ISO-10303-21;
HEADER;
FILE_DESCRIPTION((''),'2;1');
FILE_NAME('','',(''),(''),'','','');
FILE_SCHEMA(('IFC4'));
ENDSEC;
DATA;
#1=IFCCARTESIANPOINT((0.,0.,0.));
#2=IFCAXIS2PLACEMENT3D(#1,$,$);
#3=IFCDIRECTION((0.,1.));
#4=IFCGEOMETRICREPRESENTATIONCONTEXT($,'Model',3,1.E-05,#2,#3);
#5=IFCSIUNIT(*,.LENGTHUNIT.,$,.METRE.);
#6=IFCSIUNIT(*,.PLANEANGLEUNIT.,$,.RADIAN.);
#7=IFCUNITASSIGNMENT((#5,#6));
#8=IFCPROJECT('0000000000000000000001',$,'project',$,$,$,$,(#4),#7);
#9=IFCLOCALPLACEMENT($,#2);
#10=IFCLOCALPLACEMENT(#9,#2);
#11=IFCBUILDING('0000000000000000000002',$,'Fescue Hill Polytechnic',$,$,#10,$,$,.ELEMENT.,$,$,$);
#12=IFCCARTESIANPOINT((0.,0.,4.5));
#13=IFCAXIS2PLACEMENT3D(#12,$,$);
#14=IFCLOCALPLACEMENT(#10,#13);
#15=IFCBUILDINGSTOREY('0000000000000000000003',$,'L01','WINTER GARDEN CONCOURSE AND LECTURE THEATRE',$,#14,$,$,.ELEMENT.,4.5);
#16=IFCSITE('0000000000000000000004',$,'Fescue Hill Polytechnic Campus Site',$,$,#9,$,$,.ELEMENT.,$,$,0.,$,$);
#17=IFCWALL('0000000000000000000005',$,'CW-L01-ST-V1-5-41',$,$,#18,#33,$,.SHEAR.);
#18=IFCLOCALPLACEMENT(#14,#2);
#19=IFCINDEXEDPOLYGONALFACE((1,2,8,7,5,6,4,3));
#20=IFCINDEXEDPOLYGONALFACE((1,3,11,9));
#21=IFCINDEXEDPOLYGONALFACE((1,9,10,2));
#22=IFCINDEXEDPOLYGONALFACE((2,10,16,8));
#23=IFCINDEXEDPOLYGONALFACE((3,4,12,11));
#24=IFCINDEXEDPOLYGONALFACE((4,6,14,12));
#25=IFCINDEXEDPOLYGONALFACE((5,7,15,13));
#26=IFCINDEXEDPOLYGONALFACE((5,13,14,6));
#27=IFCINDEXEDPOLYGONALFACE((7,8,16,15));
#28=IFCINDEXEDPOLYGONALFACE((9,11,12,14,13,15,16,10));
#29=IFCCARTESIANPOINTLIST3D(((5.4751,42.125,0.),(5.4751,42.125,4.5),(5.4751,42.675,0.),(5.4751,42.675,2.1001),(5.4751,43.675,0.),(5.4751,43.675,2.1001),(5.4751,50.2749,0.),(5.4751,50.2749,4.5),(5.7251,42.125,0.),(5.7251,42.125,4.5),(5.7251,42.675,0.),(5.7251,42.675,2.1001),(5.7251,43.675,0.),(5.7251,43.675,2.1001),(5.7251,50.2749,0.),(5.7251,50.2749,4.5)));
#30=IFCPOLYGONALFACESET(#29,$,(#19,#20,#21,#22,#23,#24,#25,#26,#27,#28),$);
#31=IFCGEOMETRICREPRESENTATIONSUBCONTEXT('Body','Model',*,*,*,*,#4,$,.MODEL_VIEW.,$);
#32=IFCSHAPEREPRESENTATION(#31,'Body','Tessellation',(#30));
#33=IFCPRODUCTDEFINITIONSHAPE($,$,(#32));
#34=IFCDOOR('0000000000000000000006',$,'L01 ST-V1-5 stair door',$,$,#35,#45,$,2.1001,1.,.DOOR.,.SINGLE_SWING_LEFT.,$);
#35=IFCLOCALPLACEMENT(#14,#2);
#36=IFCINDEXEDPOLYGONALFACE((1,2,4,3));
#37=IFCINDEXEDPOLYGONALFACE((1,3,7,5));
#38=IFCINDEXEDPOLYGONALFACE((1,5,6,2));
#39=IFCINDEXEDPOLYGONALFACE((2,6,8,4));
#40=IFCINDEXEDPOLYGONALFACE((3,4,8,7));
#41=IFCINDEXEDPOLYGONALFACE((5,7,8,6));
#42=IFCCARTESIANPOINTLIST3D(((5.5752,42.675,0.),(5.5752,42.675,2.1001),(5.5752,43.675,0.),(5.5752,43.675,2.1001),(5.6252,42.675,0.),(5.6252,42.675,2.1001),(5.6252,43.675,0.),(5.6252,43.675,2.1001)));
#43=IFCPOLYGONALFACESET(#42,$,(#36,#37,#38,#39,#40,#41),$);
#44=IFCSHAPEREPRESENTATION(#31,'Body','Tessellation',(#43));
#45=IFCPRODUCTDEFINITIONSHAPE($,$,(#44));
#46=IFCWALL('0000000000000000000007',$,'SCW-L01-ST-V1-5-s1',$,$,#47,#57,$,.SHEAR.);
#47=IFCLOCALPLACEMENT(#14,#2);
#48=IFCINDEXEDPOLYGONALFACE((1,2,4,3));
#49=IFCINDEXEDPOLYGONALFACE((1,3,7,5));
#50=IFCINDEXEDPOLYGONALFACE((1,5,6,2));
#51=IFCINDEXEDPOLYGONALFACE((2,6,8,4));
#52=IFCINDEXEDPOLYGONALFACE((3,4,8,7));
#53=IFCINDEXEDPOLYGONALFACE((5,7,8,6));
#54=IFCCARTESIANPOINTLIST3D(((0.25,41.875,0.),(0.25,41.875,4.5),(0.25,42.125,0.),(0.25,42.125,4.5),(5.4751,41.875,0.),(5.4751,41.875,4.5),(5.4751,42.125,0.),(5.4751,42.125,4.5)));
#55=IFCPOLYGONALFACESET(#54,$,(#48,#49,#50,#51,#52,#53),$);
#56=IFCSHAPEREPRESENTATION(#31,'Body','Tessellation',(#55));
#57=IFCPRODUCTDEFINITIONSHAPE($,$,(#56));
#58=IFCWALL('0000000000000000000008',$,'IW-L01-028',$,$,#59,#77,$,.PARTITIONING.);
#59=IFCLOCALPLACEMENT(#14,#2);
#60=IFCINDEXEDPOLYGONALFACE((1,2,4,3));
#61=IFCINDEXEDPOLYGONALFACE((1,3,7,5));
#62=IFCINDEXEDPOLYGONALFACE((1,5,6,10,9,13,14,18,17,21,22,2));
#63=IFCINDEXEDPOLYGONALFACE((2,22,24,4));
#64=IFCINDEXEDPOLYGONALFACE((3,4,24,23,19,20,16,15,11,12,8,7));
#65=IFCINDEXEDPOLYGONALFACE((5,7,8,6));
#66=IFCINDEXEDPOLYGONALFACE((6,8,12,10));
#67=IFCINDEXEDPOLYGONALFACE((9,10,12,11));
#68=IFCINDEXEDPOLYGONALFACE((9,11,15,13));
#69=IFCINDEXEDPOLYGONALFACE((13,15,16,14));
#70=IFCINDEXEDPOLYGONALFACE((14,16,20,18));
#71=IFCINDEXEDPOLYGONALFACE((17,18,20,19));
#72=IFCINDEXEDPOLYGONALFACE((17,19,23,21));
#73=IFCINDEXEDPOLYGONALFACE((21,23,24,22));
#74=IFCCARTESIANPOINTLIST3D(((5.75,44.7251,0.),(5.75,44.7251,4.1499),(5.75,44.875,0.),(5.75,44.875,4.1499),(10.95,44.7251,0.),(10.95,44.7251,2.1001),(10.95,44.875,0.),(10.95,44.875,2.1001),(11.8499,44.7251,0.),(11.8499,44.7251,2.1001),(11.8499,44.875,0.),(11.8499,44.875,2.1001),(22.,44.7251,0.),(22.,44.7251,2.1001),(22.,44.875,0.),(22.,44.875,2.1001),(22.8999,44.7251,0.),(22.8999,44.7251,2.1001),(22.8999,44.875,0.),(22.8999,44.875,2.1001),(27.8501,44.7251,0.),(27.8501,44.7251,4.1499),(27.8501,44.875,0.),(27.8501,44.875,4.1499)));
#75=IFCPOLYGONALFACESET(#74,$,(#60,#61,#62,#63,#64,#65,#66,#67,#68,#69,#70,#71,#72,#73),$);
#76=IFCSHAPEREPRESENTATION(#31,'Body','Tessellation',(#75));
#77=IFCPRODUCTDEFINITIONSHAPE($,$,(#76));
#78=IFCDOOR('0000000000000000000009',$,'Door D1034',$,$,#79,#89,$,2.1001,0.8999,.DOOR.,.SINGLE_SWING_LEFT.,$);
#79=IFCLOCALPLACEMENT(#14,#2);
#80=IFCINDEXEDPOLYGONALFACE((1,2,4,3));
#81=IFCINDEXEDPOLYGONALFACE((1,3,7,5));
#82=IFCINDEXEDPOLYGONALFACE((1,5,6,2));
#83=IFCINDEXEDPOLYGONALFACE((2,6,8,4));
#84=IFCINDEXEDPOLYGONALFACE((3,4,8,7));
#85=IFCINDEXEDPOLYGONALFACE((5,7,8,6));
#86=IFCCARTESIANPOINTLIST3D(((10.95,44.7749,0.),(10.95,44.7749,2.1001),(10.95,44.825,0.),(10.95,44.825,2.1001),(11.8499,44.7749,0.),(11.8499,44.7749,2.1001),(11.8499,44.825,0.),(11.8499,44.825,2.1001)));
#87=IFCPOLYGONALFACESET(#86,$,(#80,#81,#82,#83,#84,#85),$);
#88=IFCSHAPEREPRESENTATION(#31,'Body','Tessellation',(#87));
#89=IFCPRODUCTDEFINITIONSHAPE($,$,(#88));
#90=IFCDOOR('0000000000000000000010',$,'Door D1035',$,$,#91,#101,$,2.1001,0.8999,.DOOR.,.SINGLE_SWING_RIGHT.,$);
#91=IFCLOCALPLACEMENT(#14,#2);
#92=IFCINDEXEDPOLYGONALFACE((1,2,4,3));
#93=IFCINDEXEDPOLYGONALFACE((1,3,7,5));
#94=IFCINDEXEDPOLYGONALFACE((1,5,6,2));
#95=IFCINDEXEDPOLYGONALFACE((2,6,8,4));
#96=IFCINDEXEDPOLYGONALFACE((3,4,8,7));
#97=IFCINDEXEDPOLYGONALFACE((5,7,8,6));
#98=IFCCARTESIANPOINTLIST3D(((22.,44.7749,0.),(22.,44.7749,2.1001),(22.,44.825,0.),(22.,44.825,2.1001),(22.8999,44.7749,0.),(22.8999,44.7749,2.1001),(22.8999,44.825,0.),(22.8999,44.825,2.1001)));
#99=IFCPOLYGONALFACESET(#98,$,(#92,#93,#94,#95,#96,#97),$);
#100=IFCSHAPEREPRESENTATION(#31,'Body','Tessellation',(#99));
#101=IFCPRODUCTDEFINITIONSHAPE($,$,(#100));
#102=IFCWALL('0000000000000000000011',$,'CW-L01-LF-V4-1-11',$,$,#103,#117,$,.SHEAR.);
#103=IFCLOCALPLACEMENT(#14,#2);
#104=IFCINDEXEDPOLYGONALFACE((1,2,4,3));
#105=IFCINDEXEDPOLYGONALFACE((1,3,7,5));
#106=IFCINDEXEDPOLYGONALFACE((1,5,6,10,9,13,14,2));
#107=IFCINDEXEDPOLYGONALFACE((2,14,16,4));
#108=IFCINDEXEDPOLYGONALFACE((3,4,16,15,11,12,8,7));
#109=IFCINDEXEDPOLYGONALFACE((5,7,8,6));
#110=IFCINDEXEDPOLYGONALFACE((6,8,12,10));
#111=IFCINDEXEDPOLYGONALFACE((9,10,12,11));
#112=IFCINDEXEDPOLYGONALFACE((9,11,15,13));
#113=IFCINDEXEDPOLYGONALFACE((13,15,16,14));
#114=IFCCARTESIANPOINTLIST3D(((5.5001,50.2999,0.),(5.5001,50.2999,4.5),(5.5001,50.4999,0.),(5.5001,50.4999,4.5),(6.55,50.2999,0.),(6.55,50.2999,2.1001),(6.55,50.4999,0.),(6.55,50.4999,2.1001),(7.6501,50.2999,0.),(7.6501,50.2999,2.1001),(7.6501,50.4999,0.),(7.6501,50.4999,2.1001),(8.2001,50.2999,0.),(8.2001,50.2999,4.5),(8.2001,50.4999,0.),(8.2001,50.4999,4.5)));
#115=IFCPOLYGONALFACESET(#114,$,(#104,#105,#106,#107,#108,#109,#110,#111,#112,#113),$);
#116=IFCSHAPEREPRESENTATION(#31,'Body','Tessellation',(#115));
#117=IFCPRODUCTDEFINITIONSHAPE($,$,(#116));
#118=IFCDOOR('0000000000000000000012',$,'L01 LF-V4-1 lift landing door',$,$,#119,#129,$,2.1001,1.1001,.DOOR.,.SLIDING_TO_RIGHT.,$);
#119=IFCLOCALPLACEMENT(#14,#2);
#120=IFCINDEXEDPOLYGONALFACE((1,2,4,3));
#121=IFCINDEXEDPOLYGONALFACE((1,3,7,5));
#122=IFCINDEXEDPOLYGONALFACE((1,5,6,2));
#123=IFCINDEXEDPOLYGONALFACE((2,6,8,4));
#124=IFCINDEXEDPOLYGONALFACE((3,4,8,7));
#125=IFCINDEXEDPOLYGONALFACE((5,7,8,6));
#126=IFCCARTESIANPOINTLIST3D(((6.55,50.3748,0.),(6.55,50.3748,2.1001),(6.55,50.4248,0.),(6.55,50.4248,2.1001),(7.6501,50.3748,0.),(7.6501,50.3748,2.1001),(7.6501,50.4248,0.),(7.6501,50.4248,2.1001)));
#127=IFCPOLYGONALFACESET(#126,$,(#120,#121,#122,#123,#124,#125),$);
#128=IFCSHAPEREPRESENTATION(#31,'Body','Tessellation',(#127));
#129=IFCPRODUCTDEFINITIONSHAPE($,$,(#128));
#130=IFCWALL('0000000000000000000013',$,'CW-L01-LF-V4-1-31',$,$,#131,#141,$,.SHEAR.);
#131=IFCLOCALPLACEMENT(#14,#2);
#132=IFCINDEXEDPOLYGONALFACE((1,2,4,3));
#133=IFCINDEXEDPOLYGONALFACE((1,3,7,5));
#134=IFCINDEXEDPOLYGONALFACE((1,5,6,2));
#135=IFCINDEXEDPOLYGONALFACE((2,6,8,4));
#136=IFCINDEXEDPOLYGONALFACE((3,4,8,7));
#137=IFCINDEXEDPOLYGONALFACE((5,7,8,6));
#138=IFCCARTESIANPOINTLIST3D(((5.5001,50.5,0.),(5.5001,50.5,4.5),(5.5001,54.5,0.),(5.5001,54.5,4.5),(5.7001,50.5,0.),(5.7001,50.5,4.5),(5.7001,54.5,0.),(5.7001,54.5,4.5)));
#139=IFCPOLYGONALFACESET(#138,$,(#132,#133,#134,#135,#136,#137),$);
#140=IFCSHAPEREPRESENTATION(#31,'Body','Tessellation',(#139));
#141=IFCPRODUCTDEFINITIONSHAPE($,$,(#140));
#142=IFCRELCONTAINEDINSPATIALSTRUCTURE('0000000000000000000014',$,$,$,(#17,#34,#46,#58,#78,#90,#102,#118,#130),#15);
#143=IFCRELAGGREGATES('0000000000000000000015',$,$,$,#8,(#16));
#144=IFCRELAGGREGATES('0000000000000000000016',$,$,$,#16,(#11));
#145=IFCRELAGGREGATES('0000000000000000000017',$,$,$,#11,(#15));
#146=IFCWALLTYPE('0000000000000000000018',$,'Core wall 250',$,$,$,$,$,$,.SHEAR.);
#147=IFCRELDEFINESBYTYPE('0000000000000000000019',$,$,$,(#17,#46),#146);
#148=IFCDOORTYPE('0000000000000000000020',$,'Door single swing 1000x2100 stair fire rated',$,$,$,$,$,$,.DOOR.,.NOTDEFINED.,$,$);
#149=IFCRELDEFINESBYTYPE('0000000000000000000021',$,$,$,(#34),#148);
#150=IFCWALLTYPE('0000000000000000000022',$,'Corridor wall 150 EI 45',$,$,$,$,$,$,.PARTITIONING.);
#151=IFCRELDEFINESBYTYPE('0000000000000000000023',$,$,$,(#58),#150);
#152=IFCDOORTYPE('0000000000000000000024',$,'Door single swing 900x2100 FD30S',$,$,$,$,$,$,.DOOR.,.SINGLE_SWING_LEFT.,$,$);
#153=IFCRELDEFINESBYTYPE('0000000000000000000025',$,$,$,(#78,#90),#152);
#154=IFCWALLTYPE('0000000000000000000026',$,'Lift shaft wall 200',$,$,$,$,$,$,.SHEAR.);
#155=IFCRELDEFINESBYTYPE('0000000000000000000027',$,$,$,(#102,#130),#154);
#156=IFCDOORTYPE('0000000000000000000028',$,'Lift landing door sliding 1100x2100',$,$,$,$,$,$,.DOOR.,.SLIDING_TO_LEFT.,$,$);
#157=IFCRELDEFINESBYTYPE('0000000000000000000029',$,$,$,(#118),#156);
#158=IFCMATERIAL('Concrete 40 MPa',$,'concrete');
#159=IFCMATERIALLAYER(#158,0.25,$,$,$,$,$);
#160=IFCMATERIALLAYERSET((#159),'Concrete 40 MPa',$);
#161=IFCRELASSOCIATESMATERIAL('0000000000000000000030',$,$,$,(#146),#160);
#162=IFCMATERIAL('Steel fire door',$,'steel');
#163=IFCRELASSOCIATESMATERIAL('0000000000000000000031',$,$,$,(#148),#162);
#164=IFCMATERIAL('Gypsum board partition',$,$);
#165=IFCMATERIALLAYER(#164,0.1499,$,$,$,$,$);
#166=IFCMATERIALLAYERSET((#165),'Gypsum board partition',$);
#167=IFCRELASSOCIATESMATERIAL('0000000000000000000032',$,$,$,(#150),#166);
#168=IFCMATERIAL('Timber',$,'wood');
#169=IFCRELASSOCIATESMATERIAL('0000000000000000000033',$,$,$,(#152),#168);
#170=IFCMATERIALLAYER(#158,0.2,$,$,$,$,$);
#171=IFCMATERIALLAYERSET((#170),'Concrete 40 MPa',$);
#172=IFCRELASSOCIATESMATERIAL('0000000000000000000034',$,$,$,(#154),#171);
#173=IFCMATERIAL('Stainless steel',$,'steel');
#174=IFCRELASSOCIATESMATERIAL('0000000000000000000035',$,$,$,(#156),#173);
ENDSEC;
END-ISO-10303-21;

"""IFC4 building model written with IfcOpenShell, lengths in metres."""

from ifc_helpers import new_model, si_unit, direction, frame, frame_2d, origin, place, context, subcontext, project, spatial, rectangle, extrude, material, layer, layer_set, type_object, element, fill, save


model = new_model("IFC4")

# Units and contexts
model_context = context("Model", 3, precision=1e-05, world=origin(), true_north=direction((0.0, 1.0)))
body_context = subcontext(model_context, "Body", "Model", "MODEL_VIEW")
ifc_project = project(units=[si_unit("LENGTHUNIT", "METRE"), si_unit("PLANEANGLEUNIT", "RADIAN")], contexts=[model_context])

# Site, building, storey
site_placement = place(None, origin())
site = spatial("IfcSite", under=ifc_project, at=site_placement, Name="Fescue Hill Polytechnic Campus Site", CompositionType="ELEMENT", RefElevation=0.0)
building_placement = place(site_placement, origin())
building = spatial("IfcBuilding", under=site, at=building_placement, Name="Fescue Hill Polytechnic", CompositionType="ELEMENT")
storey_placement = place(building_placement, frame((0.0, 0.0, 4.5)))
storey = spatial("IfcBuildingStorey", under=building, at=storey_placement, Name="L01", Description="WINTER GARDEN CONCOURSE AND LECTURE THEATRE", CompositionType="ELEMENT", Elevation=4.5)

# Shared definitions
ifc_material_1 = material(Name="Concrete 40 MPa", Category="concrete")

# Shared definitions
ifc_layer_1 = layer(ifc_material_1, 0.25)
ifc_layer_set_1 = layer_set([ifc_layer_1], Name="Concrete 40 MPa")
wall_type_1 = type_object("IfcWallType", Name="Core wall 250", PredefinedType="SHEAR", material=ifc_layer_set_1)

# Wall, opening, door
wall_1_placement = place(storey_placement, frame((5.6001, 42.125, 0.0), z_axis=(0.0, 0.0, 1.0), x_axis=(0.0, 1.0, 0.0)))
wall_1 = element("IfcWall", 1, at=wall_1_placement, inside=storey, type_object=wall_type_1, Name="CW-L01-ST-V1-5-41", PredefinedType="SHEAR", context=body_context, shape_type="SweptSolid", body=[
    extrude(rectangle(XDim=8.1499, YDim=0.25, at=frame_2d((4.075, 0.0))), origin(), (0.0, 0.0, 1.0), 4.5),
])
opening_1_placement = place(wall_1_placement, frame((0.55, 0.0, 0.0)))
opening_1 = element("IfcOpeningElement", 2, at=opening_1_placement, cuts=wall_1, PredefinedType="OPENING", context=body_context, shape_type="SweptSolid", body=[
    extrude(rectangle(XDim=1.0, YDim=2.1001, at=frame_2d((0.5, 1.05))), frame((0.0, 0.135, 0.0), z_axis=(0.0, -1.0, 0.0), x_axis=(1.0, 0.0, 0.0)), (0.0, 0.0, 1.0), 0.27),
])
ifc_material_2 = material(Name="Steel fire door", Category="steel")
door_type_1 = type_object("IfcDoorType", Name="Door single swing 1000x2100 stair fire rated", OperationType="NOTDEFINED", PredefinedType="DOOR", material=ifc_material_2)
door_1_placement = place(opening_1_placement, origin())
door_1 = element("IfcDoor", 3, at=door_1_placement, inside=storey, type_object=door_type_1, Name="L01 ST-V1-5 stair door", OperationType="SINGLE_SWING_LEFT", OverallHeight=2.1001, OverallWidth=1.0, PredefinedType="DOOR", context=body_context, shape_type="SweptSolid", body=[
    extrude(rectangle(XDim=1.0, YDim=2.1001, at=frame_2d((0.5, 1.05))), frame((0.0, 0.0249, 0.0), z_axis=(0.0, -1.0, 0.0), x_axis=(1.0, 0.0, 0.0)), (0.0, 0.0, 1.0), 0.05),
])
fill(opening_1, door_1)

# Wall
wall_2_placement = place(storey_placement, frame((0.25, 42.0, 0.0), z_axis=(0.0, 0.0, 1.0), x_axis=(1.0, 0.0, 0.0)))
element("IfcWall", 4, at=wall_2_placement, inside=storey, type_object=wall_type_1, Name="SCW-L01-ST-V1-5-s1", PredefinedType="SHEAR", context=body_context, shape_type="SweptSolid", body=[
    extrude(rectangle(XDim=5.2251, YDim=0.25, at=frame_2d((2.6125, 0.0))), origin(), (0.0, 0.0, 1.0), 4.5),
])

# Wall, openings, doors
ifc_material_3 = material(Name="Gypsum board partition")
ifc_layer_2 = layer(ifc_material_3, 0.1499)
ifc_layer_set_2 = layer_set([ifc_layer_2], Name="Gypsum board partition")
wall_type_2 = type_object("IfcWallType", Name="Corridor wall 150 EI 45", PredefinedType="PARTITIONING", material=ifc_layer_set_2)
wall_3_placement = place(storey_placement, frame((5.75, 44.8, 0.0), z_axis=(0.0, 0.0, 1.0), x_axis=(1.0, 0.0, 0.0)))
wall_3 = element("IfcWall", 5, at=wall_3_placement, inside=storey, type_object=wall_type_2, Name="IW-L01-028", PredefinedType="PARTITIONING", context=body_context, shape_type="SweptSolid", body=[
    extrude(rectangle(XDim=22.1001, YDim=0.1499, at=frame_2d((11.05, 0.0))), origin(), (0.0, 0.0, 1.0), 4.1499),
])
opening_2_placement = place(wall_3_placement, frame((5.2, 0.0, 0.0)))
opening_2 = element("IfcOpeningElement", 6, at=opening_2_placement, cuts=wall_3, PredefinedType="OPENING", context=body_context, shape_type="SweptSolid", body=[
    extrude(rectangle(XDim=0.8999, YDim=2.1001, at=frame_2d((0.45, 1.05))), frame((0.0, 0.085, 0.0), z_axis=(0.0, -1.0, 0.0), x_axis=(1.0, 0.0, 0.0)), (0.0, 0.0, 1.0), 0.1699),
])
opening_3_placement = place(wall_3_placement, frame((16.25, 0.0, 0.0)))
opening_3 = element("IfcOpeningElement", 7, at=opening_3_placement, cuts=wall_3, PredefinedType="OPENING", context=body_context, shape_type="SweptSolid", body=[
    extrude(rectangle(XDim=0.8999, YDim=2.1001, at=frame_2d((0.45, 1.05))), frame((0.0, 0.085, 0.0), z_axis=(0.0, -1.0, 0.0), x_axis=(1.0, 0.0, 0.0)), (0.0, 0.0, 1.0), 0.1699),
])
ifc_material_4 = material(Name="Timber", Category="wood")
door_type_2 = type_object("IfcDoorType", Name="Door single swing 900x2100 FD30S", OperationType="SINGLE_SWING_LEFT", PredefinedType="DOOR", material=ifc_material_4)
door_2_placement = place(opening_2_placement, origin())
door_2 = element("IfcDoor", 8, at=door_2_placement, inside=storey, type_object=door_type_2, Name="Door D1034", OperationType="SINGLE_SWING_LEFT", OverallHeight=2.1001, OverallWidth=0.8999, PredefinedType="DOOR", context=body_context, shape_type="SweptSolid", body=[
    extrude(rectangle(XDim=0.8999, YDim=2.1001, at=frame_2d((0.45, 1.05))), frame((0.0, 0.0249, 0.0), z_axis=(0.0, -1.0, 0.0), x_axis=(1.0, 0.0, 0.0)), (0.0, 0.0, 1.0), 0.05),
])
fill(opening_2, door_2)
door_3_placement = place(opening_3_placement, origin())
door_3 = element("IfcDoor", 9, at=door_3_placement, inside=storey, type_object=door_type_2, Name="Door D1035", OperationType="SINGLE_SWING_RIGHT", OverallHeight=2.1001, OverallWidth=0.8999, PredefinedType="DOOR", context=body_context, shape_type="SweptSolid", body=[
    extrude(rectangle(XDim=0.8999, YDim=2.1001, at=frame_2d((0.45, 1.05))), frame((0.0, 0.0249, 0.0), z_axis=(0.0, -1.0, 0.0), x_axis=(1.0, 0.0, 0.0)), (0.0, 0.0, 1.0), 0.05),
])
fill(opening_3, door_3)

# Wall, opening, door
ifc_layer_3 = layer(ifc_material_1, 0.2)
ifc_layer_set_3 = layer_set([ifc_layer_3], Name="Concrete 40 MPa")
wall_type_3 = type_object("IfcWallType", Name="Lift shaft wall 200", PredefinedType="SHEAR", material=ifc_layer_set_3)
wall_4_placement = place(storey_placement, frame((5.5, 50.3999, 0.0), z_axis=(0.0, 0.0, 1.0), x_axis=(1.0, 0.0, 0.0)))
wall_4 = element("IfcWall", 10, at=wall_4_placement, inside=storey, type_object=wall_type_3, Name="CW-L01-LF-V4-1-11", PredefinedType="SHEAR", context=body_context, shape_type="SweptSolid", body=[
    extrude(rectangle(XDim=2.7, YDim=0.2, at=frame_2d((1.3501, 0.0))), origin(), (0.0, 0.0, 1.0), 4.5),
])
opening_4_placement = place(wall_4_placement, frame((1.05, 0.0, 0.0)))
opening_4 = element("IfcOpeningElement", 11, at=opening_4_placement, cuts=wall_4, PredefinedType="OPENING", context=body_context, shape_type="SweptSolid", body=[
    extrude(rectangle(XDim=1.1001, YDim=2.1001, at=frame_2d((0.55, 1.05))), frame((0.0, 0.1099, 0.0), z_axis=(0.0, -1.0, 0.0), x_axis=(1.0, 0.0, 0.0)), (0.0, 0.0, 1.0), 0.22),
])
ifc_material_5 = material(Name="Stainless steel", Category="steel")
door_type_3 = type_object("IfcDoorType", Name="Lift landing door sliding 1100x2100", OperationType="SLIDING_TO_LEFT", PredefinedType="DOOR", material=ifc_material_5)
door_4_placement = place(opening_4_placement, origin())
door_4 = element("IfcDoor", 12, at=door_4_placement, inside=storey, type_object=door_type_3, Name="L01 LF-V4-1 lift landing door", OperationType="SLIDING_TO_RIGHT", OverallHeight=2.1001, OverallWidth=1.1001, PredefinedType="DOOR", context=body_context, shape_type="SweptSolid", body=[
    extrude(rectangle(XDim=1.1001, YDim=2.1001, at=frame_2d((0.55, 1.05))), frame((0.0, 0.0249, 0.0), z_axis=(0.0, -1.0, 0.0), x_axis=(1.0, 0.0, 0.0)), (0.0, 0.0, 1.0), 0.05),
])
fill(opening_4, door_4)

# Wall
wall_5_placement = place(storey_placement, frame((5.6001, 50.5, 0.0), z_axis=(0.0, 0.0, 1.0), x_axis=(0.0, 1.0, 0.0)))
element("IfcWall", 13, at=wall_5_placement, inside=storey, type_object=wall_type_3, Name="CW-L01-LF-V4-1-31", PredefinedType="SHEAR", context=body_context, shape_type="SweptSolid", body=[
    extrude(rectangle(XDim=4.0, YDim=0.2, at=frame_2d((2.0, 0.0))), origin(), (0.0, 0.0, 1.0), 4.5),
])

save(model, "model.ifc")
